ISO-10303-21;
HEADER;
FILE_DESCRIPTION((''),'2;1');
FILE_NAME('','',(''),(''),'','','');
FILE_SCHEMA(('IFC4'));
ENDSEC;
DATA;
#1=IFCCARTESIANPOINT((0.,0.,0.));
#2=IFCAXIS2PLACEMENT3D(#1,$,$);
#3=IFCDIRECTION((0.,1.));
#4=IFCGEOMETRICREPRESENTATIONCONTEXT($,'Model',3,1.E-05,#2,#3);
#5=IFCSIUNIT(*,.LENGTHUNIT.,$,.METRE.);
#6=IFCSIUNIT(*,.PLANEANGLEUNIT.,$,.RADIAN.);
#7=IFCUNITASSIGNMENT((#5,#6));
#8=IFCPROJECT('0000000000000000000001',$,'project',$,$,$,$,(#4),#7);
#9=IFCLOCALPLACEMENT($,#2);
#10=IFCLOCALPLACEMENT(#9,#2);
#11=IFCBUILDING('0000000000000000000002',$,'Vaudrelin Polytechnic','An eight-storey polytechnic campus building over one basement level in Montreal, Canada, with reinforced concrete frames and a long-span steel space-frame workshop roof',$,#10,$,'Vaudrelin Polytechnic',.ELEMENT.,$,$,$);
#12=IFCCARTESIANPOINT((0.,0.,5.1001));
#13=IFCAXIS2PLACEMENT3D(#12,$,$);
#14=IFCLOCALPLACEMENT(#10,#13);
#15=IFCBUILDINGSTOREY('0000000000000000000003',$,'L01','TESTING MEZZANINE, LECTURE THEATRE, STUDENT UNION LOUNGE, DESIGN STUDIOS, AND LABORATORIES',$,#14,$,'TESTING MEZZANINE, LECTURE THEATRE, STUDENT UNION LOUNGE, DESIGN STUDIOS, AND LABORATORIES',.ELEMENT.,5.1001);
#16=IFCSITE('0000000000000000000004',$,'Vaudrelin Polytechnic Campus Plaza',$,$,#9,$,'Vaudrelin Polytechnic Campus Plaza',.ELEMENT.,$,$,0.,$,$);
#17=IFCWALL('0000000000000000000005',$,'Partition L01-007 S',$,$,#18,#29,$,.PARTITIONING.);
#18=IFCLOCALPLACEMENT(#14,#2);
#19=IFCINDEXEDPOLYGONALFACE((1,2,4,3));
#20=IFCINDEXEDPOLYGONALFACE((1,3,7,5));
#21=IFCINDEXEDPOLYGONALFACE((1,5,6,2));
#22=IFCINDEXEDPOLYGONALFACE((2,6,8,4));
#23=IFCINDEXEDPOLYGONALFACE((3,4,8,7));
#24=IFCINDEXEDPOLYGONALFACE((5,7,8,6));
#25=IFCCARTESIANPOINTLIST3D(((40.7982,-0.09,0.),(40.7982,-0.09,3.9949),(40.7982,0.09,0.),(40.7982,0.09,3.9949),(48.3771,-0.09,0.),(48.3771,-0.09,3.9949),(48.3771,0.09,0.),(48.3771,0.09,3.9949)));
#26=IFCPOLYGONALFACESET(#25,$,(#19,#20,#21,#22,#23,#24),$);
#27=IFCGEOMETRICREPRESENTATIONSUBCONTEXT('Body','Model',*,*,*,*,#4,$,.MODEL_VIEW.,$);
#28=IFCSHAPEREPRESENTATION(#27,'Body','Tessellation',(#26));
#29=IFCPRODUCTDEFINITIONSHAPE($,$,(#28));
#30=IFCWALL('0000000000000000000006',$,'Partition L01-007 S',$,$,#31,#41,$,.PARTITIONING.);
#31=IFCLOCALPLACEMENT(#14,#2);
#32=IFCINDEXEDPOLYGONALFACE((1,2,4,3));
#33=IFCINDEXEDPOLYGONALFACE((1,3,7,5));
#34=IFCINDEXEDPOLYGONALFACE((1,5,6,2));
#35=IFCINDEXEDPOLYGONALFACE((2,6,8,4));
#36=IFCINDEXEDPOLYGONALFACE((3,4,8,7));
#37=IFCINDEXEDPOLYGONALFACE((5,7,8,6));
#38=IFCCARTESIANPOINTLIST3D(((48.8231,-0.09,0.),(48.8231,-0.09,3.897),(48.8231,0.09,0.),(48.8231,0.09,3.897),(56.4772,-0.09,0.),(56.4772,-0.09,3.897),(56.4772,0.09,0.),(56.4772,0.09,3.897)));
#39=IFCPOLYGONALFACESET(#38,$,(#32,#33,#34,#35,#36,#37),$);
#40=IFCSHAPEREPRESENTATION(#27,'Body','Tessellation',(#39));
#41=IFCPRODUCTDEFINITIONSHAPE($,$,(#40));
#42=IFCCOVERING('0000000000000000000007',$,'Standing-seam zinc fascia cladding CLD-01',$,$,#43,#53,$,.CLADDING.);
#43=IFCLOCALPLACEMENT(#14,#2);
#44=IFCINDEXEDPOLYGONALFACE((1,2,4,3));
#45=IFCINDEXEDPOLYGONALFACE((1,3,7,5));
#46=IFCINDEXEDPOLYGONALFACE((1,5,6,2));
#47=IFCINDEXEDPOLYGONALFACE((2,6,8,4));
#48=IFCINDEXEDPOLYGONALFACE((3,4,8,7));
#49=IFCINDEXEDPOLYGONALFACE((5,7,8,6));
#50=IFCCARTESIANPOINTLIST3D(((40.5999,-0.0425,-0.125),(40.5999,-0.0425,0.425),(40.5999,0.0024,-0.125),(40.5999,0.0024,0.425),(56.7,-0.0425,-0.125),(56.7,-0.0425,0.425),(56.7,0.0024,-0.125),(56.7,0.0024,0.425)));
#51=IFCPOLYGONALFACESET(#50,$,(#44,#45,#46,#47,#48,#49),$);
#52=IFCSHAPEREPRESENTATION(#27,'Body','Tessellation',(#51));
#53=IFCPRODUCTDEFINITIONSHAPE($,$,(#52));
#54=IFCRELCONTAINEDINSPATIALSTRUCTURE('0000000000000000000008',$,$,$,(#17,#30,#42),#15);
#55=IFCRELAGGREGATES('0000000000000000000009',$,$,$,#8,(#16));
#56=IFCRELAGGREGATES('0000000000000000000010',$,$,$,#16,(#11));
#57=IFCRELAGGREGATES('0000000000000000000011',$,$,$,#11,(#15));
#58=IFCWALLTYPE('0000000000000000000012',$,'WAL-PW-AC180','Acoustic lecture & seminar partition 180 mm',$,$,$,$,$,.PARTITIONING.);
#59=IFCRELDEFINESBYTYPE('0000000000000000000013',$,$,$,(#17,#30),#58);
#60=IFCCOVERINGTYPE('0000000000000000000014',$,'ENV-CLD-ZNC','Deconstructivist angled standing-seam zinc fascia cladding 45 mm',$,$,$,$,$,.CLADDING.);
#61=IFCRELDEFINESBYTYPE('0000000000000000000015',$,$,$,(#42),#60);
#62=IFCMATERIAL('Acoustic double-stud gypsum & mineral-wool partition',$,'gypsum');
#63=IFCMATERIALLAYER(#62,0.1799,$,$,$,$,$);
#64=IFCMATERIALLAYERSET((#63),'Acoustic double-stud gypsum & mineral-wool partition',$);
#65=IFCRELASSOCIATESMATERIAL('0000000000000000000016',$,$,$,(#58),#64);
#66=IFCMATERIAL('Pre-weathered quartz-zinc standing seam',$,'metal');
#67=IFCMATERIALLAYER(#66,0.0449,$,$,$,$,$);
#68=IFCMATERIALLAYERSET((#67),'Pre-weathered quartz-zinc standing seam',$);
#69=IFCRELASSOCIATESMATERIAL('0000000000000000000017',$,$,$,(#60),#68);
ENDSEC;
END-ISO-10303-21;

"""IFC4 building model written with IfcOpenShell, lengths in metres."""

from ifc_helpers import new_model, si_unit, direction, frame, frame_2d, origin, origin_2d, place, context, subcontext, project, spatial, rectangle, extrude, material, layer, layer_set, type_object, element, save


model = new_model("IFC4")

# Units and contexts
model_context = context("Model", 3, precision=1e-05, world=origin(), true_north=direction((0.0, 1.0)))
body_context = subcontext(model_context, "Body", "Model", "MODEL_VIEW")
ifc_project = project(units=[si_unit("LENGTHUNIT", "METRE"), si_unit("PLANEANGLEUNIT", "RADIAN")], contexts=[model_context])

# Site, building, storey
site_placement = place(None, origin())
site = spatial("IfcSite", under=ifc_project, at=site_placement, Name="Vaudrelin Polytechnic Campus Plaza", LongName="Vaudrelin Polytechnic Campus Plaza", CompositionType="ELEMENT", RefElevation=0.0)
building_placement = place(site_placement, origin())
building = spatial("IfcBuilding", under=site, at=building_placement, Name="Vaudrelin Polytechnic", Description="An eight-storey polytechnic campus building over one basement level in Montreal, Canada, with reinforced concrete frames and a long-span steel space-frame workshop roof", LongName="Vaudrelin Polytechnic", CompositionType="ELEMENT")
storey_placement = place(building_placement, frame((0.0, 0.0, 5.1001)))
storey = spatial("IfcBuildingStorey", under=building, at=storey_placement, Name="L01", Description="TESTING MEZZANINE, LECTURE THEATRE, STUDENT UNION LOUNGE, DESIGN STUDIOS, AND LABORATORIES", LongName="TESTING MEZZANINE, LECTURE THEATRE, STUDENT UNION LOUNGE, DESIGN STUDIOS, AND LABORATORIES", CompositionType="ELEMENT", Elevation=5.1001)

# Walls
ifc_material_1 = material(Name="Acoustic double-stud gypsum & mineral-wool partition", Category="gypsum")
ifc_layer_1 = layer(ifc_material_1, 0.1799)
ifc_layer_set_1 = layer_set([ifc_layer_1], Name="Acoustic double-stud gypsum & mineral-wool partition")
wall_type = type_object("IfcWallType", Name="WAL-PW-AC180", Description="Acoustic lecture & seminar partition 180 mm", PredefinedType="PARTITIONING", material=ifc_layer_set_1)
wall_1_placement = place(storey_placement, frame((40.7981, 0.0, 0.0), z_axis=(0.0, 0.0, 1.0), x_axis=(1.0, 0.0, 0.0)))
element("IfcWall", 1, at=wall_1_placement, inside=storey, type_object=wall_type, Name="Partition L01-007 S", PredefinedType="PARTITIONING", context=body_context, shape_type="SweptSolid", body=[
    extrude(rectangle(XDim=7.5789, YDim=0.1799, at=frame_2d((3.7896, 0.0))), origin(), (0.0, 0.0, 1.0), 3.9949),
])
wall_2_placement = place(storey_placement, frame((48.823, 0.0, 0.0), z_axis=(0.0, 0.0, 1.0), x_axis=(1.0, 0.0, 0.0)))
element("IfcWall", 2, at=wall_2_placement, inside=storey, type_object=wall_type, Name="Partition L01-007 S", PredefinedType="PARTITIONING", context=body_context, shape_type="SweptSolid", body=[
    extrude(rectangle(XDim=7.6541, YDim=0.1799, at=frame_2d((3.8271, 0.0))), origin(), (0.0, 0.0, 1.0), 3.897),
])

# Covering
ifc_material_2 = material(Name="Pre-weathered quartz-zinc standing seam", Category="metal")
ifc_layer_2 = layer(ifc_material_2, 0.0449)
ifc_layer_set_2 = layer_set([ifc_layer_2], Name="Pre-weathered quartz-zinc standing seam")
covering_type = type_object("IfcCoveringType", Name="ENV-CLD-ZNC", Description="Deconstructivist angled standing-seam zinc fascia cladding 45 mm", PredefinedType="CLADDING", material=ifc_layer_set_2)
covering_placement = place(storey_placement, frame((48.6499, -0.02, -0.125), z_axis=(0.0, 0.0, 1.0), x_axis=(1.0, 0.0, 0.0)))
element("IfcCovering", 3, at=covering_placement, inside=storey, type_object=covering_type, Name="Standing-seam zinc fascia cladding CLD-01", PredefinedType="CLADDING", context=body_context, shape_type="SweptSolid", body=[
    extrude(rectangle(XDim=16.1001, YDim=0.0449, at=origin_2d()), origin(), (0.0, 0.0, 1.0), 0.55),
])

save(model, "model.ifc")
